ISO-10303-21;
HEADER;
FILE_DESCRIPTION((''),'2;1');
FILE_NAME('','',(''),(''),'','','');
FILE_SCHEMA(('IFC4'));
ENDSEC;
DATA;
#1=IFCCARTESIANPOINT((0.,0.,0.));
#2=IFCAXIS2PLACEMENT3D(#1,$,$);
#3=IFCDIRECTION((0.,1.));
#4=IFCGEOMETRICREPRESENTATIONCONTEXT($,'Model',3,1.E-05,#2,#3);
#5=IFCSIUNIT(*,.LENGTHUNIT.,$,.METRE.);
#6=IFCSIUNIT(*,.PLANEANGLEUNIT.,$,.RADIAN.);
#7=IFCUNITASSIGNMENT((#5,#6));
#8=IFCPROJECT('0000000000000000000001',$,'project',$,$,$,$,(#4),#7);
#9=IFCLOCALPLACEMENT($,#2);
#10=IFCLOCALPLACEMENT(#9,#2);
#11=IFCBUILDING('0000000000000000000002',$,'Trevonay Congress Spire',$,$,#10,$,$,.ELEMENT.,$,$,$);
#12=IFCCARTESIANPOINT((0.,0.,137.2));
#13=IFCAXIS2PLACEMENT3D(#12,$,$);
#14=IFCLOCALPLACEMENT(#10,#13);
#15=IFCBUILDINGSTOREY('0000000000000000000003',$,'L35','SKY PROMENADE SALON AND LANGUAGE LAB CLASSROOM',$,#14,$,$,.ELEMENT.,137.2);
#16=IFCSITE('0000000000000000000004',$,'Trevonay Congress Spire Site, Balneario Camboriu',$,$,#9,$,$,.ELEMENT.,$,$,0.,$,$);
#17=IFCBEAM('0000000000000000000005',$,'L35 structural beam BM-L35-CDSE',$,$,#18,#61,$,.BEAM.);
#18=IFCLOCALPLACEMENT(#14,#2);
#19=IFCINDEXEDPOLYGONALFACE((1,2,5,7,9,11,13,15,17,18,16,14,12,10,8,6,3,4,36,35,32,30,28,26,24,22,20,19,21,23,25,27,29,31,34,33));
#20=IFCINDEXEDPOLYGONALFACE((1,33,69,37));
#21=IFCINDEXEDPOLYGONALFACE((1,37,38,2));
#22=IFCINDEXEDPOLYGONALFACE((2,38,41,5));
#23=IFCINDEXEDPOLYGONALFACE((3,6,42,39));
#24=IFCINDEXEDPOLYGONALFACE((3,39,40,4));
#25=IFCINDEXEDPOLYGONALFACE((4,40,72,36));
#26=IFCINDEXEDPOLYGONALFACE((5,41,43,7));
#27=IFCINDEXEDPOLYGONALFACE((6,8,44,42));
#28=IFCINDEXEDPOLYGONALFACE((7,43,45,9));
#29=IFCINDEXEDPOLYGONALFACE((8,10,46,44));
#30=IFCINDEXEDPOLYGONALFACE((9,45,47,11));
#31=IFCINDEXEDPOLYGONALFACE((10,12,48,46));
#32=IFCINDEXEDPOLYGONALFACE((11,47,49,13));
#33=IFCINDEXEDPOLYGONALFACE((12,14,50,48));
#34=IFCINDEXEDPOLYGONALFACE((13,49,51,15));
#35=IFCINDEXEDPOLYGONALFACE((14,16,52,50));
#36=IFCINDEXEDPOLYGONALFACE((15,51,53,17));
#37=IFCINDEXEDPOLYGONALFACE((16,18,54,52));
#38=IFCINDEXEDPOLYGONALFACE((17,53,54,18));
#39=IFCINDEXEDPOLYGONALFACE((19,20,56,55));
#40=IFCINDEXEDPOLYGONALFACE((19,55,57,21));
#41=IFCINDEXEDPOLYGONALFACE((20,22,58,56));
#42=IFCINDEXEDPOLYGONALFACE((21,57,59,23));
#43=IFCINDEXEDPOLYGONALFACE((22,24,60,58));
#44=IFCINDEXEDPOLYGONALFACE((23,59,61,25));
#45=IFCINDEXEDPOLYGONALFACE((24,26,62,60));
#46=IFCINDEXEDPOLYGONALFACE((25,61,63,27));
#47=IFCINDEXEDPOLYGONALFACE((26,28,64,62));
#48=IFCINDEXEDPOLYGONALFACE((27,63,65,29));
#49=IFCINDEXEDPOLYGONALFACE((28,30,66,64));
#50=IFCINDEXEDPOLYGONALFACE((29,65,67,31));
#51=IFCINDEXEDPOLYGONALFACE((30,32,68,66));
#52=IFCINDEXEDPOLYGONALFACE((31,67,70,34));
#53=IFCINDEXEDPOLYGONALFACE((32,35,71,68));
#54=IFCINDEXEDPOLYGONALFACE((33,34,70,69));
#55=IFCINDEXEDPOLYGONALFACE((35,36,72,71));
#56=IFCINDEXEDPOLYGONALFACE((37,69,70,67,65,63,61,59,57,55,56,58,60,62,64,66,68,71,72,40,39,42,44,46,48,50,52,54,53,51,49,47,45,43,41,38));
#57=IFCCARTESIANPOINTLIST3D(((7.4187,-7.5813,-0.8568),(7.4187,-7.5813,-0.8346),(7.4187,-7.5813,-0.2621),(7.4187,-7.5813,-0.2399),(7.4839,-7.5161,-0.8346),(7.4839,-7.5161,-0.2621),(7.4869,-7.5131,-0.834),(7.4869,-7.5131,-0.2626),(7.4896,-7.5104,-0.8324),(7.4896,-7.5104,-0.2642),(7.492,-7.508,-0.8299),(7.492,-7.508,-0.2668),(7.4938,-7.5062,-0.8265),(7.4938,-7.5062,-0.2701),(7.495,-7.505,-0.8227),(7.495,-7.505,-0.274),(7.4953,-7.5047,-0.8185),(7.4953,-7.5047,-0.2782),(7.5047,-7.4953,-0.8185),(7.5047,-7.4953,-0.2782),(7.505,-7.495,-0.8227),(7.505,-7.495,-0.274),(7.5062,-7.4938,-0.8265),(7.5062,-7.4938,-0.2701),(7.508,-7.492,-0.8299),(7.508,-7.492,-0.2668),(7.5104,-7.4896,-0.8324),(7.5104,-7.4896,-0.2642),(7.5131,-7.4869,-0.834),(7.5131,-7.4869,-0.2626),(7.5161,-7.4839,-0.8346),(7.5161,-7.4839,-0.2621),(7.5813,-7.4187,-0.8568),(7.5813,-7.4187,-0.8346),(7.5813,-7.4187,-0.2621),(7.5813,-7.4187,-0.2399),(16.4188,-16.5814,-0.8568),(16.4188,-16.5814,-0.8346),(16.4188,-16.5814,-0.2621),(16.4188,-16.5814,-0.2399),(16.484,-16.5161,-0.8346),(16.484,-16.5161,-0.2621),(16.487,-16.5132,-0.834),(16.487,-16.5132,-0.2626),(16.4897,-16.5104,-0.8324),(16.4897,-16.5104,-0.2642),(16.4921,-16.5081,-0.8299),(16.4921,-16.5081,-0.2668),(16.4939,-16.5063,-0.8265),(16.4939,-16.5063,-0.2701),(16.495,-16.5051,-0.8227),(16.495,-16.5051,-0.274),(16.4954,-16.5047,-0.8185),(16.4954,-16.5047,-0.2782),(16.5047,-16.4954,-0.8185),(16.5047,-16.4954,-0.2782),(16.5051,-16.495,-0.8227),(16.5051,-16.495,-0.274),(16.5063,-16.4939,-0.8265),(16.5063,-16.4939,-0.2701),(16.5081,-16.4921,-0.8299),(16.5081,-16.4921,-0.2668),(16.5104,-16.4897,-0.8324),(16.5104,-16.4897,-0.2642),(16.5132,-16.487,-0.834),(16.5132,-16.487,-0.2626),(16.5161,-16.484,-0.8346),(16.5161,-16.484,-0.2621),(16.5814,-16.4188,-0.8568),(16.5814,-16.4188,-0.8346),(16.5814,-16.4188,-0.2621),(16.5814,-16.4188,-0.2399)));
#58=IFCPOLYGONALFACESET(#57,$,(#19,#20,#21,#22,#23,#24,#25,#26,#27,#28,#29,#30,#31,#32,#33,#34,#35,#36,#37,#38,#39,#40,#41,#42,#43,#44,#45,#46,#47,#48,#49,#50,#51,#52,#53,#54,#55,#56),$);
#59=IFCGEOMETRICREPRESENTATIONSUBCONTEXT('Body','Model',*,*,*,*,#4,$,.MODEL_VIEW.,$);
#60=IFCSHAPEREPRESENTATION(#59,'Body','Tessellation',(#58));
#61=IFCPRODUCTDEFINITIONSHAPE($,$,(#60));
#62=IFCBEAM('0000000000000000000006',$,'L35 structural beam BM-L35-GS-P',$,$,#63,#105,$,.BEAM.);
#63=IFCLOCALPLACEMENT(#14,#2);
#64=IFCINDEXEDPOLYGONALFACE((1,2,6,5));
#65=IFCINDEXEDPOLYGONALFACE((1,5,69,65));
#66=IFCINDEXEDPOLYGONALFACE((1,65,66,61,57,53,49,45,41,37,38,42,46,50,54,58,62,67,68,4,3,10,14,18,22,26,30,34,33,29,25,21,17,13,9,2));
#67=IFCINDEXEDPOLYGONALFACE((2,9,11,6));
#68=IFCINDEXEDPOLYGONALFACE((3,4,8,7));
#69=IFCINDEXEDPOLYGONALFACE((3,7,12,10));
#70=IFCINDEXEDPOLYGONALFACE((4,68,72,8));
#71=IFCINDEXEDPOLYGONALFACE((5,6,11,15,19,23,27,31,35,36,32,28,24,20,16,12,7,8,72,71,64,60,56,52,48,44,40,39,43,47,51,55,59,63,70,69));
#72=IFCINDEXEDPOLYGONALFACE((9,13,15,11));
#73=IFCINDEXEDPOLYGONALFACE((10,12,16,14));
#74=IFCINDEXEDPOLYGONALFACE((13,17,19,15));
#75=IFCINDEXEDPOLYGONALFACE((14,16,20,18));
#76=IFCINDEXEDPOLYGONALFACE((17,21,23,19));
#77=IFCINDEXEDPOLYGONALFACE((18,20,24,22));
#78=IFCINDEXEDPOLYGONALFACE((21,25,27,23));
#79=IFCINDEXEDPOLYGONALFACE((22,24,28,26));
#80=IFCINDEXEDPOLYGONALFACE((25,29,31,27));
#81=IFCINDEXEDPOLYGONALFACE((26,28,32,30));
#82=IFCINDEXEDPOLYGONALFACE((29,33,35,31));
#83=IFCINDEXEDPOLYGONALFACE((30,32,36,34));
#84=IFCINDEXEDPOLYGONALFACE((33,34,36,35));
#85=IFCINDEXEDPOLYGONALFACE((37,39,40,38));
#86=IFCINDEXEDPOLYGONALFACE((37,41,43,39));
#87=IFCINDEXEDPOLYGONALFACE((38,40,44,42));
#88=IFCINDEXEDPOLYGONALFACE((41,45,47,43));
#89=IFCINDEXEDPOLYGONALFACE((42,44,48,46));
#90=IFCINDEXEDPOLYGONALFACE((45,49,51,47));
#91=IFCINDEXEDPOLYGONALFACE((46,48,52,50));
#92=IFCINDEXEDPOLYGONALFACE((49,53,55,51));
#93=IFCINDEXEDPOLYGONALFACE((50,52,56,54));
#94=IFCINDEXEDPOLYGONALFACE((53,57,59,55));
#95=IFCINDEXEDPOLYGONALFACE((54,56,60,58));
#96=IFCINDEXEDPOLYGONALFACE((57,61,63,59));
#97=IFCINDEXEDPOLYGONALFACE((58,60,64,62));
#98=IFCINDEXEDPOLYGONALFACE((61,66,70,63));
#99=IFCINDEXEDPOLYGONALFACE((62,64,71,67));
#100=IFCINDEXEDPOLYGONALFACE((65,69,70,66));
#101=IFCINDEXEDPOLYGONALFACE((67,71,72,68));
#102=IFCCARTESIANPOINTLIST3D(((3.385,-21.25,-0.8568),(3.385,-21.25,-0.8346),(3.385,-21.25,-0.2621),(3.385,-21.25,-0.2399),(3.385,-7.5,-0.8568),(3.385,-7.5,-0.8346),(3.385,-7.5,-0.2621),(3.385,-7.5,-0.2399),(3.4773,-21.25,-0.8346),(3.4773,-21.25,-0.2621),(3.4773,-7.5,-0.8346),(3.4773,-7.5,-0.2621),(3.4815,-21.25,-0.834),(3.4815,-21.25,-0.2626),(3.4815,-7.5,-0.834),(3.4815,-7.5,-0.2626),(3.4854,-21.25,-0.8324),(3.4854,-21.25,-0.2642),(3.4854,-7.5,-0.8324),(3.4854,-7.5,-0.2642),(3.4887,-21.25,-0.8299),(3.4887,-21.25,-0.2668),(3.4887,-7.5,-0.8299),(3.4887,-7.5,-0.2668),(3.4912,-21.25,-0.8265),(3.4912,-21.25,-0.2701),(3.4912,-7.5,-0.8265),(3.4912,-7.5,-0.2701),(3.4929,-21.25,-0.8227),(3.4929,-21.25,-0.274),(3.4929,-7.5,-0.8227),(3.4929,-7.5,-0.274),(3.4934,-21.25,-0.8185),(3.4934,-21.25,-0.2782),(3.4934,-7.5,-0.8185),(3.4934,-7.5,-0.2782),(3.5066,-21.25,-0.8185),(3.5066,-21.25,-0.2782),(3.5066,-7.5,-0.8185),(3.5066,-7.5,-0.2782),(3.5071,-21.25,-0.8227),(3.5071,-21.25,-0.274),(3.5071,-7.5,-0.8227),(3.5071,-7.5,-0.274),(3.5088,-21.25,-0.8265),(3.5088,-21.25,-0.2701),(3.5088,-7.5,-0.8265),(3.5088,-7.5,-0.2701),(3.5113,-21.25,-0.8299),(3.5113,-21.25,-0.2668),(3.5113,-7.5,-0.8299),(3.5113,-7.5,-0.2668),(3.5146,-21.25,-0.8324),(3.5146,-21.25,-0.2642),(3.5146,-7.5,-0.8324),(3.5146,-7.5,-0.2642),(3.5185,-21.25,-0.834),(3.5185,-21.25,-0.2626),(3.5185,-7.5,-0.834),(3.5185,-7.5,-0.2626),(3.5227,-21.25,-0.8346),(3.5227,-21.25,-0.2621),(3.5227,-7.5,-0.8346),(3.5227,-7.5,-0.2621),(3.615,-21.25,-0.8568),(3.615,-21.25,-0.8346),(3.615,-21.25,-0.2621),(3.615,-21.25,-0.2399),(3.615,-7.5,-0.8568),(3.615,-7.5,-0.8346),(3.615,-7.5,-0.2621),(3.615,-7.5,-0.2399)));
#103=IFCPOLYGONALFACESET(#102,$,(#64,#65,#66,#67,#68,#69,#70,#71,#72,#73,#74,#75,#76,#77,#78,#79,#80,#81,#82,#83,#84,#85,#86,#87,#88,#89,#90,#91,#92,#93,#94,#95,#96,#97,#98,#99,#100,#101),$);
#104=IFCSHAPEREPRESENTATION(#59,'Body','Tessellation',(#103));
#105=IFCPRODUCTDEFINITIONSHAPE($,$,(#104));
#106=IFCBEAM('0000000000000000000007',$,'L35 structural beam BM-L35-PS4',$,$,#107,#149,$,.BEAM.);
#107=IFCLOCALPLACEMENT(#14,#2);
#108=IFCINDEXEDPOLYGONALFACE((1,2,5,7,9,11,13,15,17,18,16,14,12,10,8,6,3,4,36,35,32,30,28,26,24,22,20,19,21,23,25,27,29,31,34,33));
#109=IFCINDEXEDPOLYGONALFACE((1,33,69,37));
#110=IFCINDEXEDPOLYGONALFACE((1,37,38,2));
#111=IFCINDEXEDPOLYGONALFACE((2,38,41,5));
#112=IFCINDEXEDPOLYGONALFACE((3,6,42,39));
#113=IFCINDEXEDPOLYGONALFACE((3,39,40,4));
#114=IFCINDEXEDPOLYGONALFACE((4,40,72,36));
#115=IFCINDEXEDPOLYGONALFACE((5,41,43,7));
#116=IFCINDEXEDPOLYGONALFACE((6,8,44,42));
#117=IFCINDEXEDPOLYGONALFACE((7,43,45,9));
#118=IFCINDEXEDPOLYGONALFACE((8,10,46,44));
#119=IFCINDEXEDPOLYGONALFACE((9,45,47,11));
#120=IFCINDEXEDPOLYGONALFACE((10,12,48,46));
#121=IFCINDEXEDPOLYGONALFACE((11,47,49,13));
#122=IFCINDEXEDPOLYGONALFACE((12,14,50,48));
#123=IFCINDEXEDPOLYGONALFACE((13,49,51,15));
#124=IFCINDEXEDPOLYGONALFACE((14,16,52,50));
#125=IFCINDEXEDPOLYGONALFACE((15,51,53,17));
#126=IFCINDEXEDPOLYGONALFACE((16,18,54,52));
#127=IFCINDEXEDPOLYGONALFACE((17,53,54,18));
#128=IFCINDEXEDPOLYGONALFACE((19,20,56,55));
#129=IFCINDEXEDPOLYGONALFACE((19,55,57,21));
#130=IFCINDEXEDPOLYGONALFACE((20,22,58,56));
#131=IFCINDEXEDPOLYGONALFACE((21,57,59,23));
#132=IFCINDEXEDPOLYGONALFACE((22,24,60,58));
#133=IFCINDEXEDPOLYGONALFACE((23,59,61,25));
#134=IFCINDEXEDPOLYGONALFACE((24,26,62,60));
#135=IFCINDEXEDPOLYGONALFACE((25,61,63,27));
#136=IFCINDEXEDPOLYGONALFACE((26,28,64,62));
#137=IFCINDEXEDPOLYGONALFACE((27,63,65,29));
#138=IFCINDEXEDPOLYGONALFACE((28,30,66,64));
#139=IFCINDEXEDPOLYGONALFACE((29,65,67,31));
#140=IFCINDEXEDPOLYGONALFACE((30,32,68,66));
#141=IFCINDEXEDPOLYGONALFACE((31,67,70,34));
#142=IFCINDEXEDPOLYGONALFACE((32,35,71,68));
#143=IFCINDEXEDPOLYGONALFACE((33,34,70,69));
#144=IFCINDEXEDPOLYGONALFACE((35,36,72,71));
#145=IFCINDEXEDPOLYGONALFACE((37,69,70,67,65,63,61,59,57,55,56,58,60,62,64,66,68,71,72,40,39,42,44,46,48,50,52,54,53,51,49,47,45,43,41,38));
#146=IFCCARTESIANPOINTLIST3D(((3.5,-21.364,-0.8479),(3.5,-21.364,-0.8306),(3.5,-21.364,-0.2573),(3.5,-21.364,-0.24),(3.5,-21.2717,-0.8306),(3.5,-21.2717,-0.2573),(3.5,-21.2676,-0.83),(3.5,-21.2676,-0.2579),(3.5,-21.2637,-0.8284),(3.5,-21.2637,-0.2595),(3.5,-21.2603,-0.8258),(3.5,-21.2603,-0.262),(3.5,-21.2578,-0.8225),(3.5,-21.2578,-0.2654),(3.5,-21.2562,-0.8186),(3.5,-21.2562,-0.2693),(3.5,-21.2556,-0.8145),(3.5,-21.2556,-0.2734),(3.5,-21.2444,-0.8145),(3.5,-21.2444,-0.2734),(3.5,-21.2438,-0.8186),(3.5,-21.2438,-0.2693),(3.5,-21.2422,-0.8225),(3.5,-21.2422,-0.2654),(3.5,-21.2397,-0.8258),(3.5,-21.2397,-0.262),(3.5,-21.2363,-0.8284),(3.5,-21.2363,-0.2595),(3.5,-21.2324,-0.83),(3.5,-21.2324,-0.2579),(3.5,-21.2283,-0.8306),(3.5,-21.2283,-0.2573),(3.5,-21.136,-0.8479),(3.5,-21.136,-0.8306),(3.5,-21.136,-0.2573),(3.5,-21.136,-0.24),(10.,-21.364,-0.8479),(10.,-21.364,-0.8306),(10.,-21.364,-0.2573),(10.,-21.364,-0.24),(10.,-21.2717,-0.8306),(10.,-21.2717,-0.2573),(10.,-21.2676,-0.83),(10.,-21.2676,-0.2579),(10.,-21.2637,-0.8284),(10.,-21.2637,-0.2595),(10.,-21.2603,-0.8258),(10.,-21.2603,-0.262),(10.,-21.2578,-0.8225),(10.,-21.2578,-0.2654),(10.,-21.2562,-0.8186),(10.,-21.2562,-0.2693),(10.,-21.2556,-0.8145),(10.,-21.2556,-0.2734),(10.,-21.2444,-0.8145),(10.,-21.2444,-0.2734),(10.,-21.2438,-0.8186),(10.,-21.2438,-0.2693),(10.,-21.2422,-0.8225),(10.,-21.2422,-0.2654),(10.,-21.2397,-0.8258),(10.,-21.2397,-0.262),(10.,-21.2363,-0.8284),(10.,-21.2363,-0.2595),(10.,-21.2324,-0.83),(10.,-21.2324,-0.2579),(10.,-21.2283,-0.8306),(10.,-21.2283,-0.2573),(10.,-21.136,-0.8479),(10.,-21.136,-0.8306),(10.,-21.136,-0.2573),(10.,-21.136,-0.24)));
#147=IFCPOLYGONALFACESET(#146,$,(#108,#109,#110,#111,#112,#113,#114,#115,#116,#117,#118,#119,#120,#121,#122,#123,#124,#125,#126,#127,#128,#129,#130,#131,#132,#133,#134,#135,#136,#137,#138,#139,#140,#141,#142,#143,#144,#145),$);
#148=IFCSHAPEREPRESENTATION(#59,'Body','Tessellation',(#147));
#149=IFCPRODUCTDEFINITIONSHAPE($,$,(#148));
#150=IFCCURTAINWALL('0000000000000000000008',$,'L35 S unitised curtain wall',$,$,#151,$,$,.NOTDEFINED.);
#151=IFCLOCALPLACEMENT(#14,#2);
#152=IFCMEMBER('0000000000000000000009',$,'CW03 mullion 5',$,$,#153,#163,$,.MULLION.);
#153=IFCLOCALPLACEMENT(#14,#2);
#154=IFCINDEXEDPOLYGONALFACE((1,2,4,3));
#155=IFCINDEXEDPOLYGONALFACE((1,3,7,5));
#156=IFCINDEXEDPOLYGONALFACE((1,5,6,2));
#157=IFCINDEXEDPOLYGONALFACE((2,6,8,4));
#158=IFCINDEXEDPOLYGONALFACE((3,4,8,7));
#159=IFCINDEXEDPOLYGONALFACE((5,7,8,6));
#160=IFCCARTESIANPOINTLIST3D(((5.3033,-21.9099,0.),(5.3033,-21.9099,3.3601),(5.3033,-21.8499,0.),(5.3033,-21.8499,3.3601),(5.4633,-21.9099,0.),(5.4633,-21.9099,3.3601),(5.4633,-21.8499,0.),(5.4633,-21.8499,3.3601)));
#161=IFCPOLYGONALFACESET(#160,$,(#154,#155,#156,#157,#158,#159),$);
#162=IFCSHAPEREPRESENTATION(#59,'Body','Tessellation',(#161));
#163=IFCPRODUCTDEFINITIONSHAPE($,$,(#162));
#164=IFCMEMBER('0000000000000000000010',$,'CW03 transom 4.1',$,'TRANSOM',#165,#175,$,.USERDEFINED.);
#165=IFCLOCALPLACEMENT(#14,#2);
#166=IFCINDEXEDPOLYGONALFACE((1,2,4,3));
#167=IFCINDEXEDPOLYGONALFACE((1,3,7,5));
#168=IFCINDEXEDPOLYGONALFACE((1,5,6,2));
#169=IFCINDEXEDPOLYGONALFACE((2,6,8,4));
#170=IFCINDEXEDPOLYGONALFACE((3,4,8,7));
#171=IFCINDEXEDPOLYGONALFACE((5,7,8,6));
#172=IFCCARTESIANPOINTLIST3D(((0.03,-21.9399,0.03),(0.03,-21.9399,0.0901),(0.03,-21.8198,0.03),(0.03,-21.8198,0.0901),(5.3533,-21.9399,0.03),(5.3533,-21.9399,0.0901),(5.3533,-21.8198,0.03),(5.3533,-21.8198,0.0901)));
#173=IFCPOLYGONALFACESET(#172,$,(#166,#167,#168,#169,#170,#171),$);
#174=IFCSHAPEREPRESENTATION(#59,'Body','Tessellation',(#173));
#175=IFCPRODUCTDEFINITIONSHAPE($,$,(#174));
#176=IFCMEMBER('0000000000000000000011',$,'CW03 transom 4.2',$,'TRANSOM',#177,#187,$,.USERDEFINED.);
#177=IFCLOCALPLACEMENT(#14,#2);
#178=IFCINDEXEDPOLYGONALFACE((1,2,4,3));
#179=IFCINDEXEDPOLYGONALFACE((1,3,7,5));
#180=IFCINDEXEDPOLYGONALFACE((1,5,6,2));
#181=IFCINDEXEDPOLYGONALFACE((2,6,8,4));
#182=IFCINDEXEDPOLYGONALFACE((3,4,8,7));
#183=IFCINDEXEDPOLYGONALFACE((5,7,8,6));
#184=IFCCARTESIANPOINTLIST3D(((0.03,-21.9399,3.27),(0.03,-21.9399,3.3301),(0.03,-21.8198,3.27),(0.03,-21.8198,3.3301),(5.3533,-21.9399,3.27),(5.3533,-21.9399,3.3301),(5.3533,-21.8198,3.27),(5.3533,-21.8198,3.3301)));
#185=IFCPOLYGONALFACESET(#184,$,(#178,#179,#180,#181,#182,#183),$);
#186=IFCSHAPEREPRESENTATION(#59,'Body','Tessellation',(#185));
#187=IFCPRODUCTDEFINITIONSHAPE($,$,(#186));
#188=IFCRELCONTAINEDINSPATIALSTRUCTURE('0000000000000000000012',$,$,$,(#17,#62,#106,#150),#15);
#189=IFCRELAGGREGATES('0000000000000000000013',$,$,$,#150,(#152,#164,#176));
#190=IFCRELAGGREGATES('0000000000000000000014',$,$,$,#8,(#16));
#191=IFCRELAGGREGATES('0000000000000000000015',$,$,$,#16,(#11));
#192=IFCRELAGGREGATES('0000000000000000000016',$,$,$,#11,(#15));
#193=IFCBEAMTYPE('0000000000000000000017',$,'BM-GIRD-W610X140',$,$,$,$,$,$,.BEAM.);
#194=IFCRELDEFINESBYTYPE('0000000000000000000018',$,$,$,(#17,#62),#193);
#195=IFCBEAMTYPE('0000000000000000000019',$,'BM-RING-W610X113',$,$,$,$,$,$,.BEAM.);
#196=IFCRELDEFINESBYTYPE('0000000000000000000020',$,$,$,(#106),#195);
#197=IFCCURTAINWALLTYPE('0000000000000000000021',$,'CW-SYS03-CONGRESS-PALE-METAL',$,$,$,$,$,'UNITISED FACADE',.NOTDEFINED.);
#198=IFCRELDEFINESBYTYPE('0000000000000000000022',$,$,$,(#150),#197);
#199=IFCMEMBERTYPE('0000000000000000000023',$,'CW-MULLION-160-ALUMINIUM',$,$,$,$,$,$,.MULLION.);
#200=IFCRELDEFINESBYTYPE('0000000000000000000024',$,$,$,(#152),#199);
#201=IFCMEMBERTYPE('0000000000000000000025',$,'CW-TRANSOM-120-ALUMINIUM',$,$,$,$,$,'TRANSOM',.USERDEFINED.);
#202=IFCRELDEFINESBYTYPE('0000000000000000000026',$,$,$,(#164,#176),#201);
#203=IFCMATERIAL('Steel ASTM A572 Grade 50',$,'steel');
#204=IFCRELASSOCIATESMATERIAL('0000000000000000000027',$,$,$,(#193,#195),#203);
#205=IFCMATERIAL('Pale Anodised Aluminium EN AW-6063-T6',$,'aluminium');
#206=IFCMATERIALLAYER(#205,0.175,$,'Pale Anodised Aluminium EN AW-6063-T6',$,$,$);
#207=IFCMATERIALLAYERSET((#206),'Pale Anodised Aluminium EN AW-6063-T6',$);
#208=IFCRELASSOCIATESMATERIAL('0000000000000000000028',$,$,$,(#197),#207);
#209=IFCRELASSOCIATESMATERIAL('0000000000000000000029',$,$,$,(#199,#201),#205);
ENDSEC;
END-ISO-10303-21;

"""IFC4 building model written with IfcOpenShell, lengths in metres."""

from ifc_helpers import new_model, si_unit, direction, frame, origin, origin_2d, place, context, subcontext, project, spatial, rectangle, i_section, extrude, material, layer, layer_set, material_profile, profile_set, type_object, element, aggregate, save


model = new_model("IFC4")

# Units and contexts
model_context = context("Model", 3, precision=1e-05, world=origin(), true_north=direction((0.0, 1.0)))
body_context = subcontext(model_context, "Body", "Model", "MODEL_VIEW")
ifc_project = project(units=[si_unit("LENGTHUNIT", "METRE"), si_unit("PLANEANGLEUNIT", "RADIAN")], contexts=[model_context])

# Site, building, storey
site_placement = place(None, origin())
site = spatial("IfcSite", under=ifc_project, at=site_placement, Name="Trevonay Congress Spire Site, Balneario Camboriu", CompositionType="ELEMENT", RefElevation=0.0)
building_placement = place(site_placement, origin())
building = spatial("IfcBuilding", under=site, at=building_placement, Name="Trevonay Congress Spire", CompositionType="ELEMENT")
storey_placement = place(building_placement, frame((0.0, 0.0, 137.2)))
storey = spatial("IfcBuildingStorey", under=building, at=storey_placement, Name="L35", Description="SKY PROMENADE SALON AND LANGUAGE LAB CLASSROOM", CompositionType="ELEMENT", Elevation=137.2)

# Shared definitions
ifc_material_1 = material(Name="Steel ASTM A572 Grade 50", Category="steel")

# Beams
ifc_material_profile_1 = material_profile(ifc_material_1, i_section(OverallWidth=0.23, OverallDepth=0.6169, WebThickness=0.0132, FlangeThickness=0.0222, FilletRadius=0.0161, at=origin_2d()), Name="W610x140")
ifc_profile_set_1 = profile_set([ifc_material_profile_1], Name="Steel ASTM A572 Grade 50")
beam_type_1 = type_object("IfcBeamType", Name="BM-GIRD-W610X140", PredefinedType="BEAM", material=ifc_profile_set_1)
beam_1_placement = place(storey_placement, frame((7.5, -7.5, -0.5483), z_axis=(0.707107, -0.707107, 0.0), x_axis=(0.707107, 0.707107, 0.0)))
element("IfcBeam", 1, at=beam_1_placement, inside=storey, type_object=beam_type_1, Name="L35 structural beam BM-L35-CDSE", PredefinedType="BEAM", context=body_context, shape_type="SweptSolid", body=[
    extrude(i_section(OverallWidth=0.23, OverallDepth=0.6169, WebThickness=0.0132, FlangeThickness=0.0222, FilletRadius=0.0161, at=origin_2d()), origin(), (0.0, 0.0, 1.0), 12.728),
])
beam_2_placement = place(storey_placement, frame((3.5, -7.5, -0.5483), z_axis=(0.0, -1.0, 0.0), x_axis=(1.0, 0.0, 0.0)))
element("IfcBeam", 2, at=beam_2_placement, inside=storey, type_object=beam_type_1, Name="L35 structural beam BM-L35-GS-P", PredefinedType="BEAM", context=body_context, shape_type="SweptSolid", body=[
    extrude(i_section(OverallWidth=0.23, OverallDepth=0.6169, WebThickness=0.0132, FlangeThickness=0.0222, FilletRadius=0.0161, at=origin_2d()), origin(), (0.0, 0.0, 1.0), 13.75),
])
ifc_material_profile_2 = material_profile(ifc_material_1, i_section(OverallWidth=0.228, OverallDepth=0.6079, WebThickness=0.0112, FlangeThickness=0.0173, FilletRadius=0.0161, at=origin_2d()), Name="W610x113")
ifc_profile_set_2 = profile_set([ifc_material_profile_2], Name="Steel ASTM A572 Grade 50")
beam_type_2 = type_object("IfcBeamType", Name="BM-RING-W610X113", PredefinedType="BEAM", material=ifc_profile_set_2)
beam_3_placement = place(storey_placement, frame((3.5, -21.25, -0.5439), z_axis=(1.0, 0.0, 0.0), x_axis=(0.0, 1.0, 0.0)))
element("IfcBeam", 3, at=beam_3_placement, inside=storey, type_object=beam_type_2, Name="L35 structural beam BM-L35-PS4", PredefinedType="BEAM", context=body_context, shape_type="SweptSolid", body=[
    extrude(i_section(OverallWidth=0.228, OverallDepth=0.6079, WebThickness=0.0112, FlangeThickness=0.0173, FilletRadius=0.0161, at=origin_2d()), origin(), (0.0, 0.0, 1.0), 6.5),
])

# Curtain wall, members
ifc_material_2 = material(Name="Pale Anodised Aluminium EN AW-6063-T6", Category="aluminium")
ifc_layer_1 = layer(ifc_material_2, 0.175, Name="Pale Anodised Aluminium EN AW-6063-T6")
ifc_layer_set_1 = layer_set([ifc_layer_1], Name="Pale Anodised Aluminium EN AW-6063-T6")
curtain_wall_type = type_object("IfcCurtainWallType", Name="CW-SYS03-CONGRESS-PALE-METAL", ElementType="UNITISED FACADE", PredefinedType="NOTDEFINED", material=ifc_layer_set_1)
curtain_wall_placement = place(storey_placement, origin())
curtain_wall = element("IfcCurtainWall", 4, at=curtain_wall_placement, inside=storey, type_object=curtain_wall_type, Name="L35 S unitised curtain wall", PredefinedType="NOTDEFINED")
ifc_material_profile_3 = material_profile(ifc_material_2, rectangle(XDim=0.0601, YDim=0.1599, at=origin_2d()), Name="CW-MULLION-160-ALUMINIUM")
ifc_profile_set_3 = profile_set([ifc_material_profile_3], Name="Pale Anodised Aluminium EN AW-6063-T6")
member_type_1 = type_object("IfcMemberType", Name="CW-MULLION-160-ALUMINIUM", PredefinedType="MULLION", material=ifc_profile_set_3)
member_1_placement = place(storey_placement, frame((5.3833, -21.8799, 0.0), z_axis=(0.0, 0.0, 1.0), x_axis=(0.0, 1.0, 0.0)))
member_1 = element("IfcMember", 5, at=member_1_placement, type_object=member_type_1, Name="CW03 mullion 5", PredefinedType="MULLION", context=body_context, shape_type="SweptSolid", body=[
    extrude(rectangle(XDim=0.0601, YDim=0.1599, at=origin_2d()), origin(), (0.0, 0.0, 1.0), 3.3601),
])
ifc_material_profile_4 = material_profile(ifc_material_2, rectangle(XDim=0.1201, YDim=0.0601, at=origin_2d()), Name="CW-TRANSOM-120-ALUMINIUM")
ifc_profile_set_4 = profile_set([ifc_material_profile_4], Name="Pale Anodised Aluminium EN AW-6063-T6")
member_type_2 = type_object("IfcMemberType", Name="CW-TRANSOM-120-ALUMINIUM", ElementType="TRANSOM", PredefinedType="USERDEFINED", material=ifc_profile_set_4)
member_2_placement = place(storey_placement, frame((0.03, -21.8799, 0.0601), z_axis=(1.0, 0.0, 0.0), x_axis=(0.0, 1.0, 0.0)))
member_2 = element("IfcMember", 6, at=member_2_placement, type_object=member_type_2, Name="CW03 transom 4.1", ObjectType="TRANSOM", PredefinedType="USERDEFINED", context=body_context, shape_type="SweptSolid", body=[
    extrude(rectangle(XDim=0.1201, YDim=0.0601, at=origin_2d()), origin(), (0.0, 0.0, 1.0), 5.3232),
])
member_3_placement = place(storey_placement, frame((0.03, -21.8799, 3.3), z_axis=(1.0, 0.0, 0.0), x_axis=(0.0, 1.0, 0.0)))
member_3 = element("IfcMember", 7, at=member_3_placement, type_object=member_type_2, Name="CW03 transom 4.2", ObjectType="TRANSOM", PredefinedType="USERDEFINED", context=body_context, shape_type="SweptSolid", body=[
    extrude(rectangle(XDim=0.1201, YDim=0.0601, at=origin_2d()), origin(), (0.0, 0.0, 1.0), 5.3232),
])

aggregate(curtain_wall, [member_1, member_2, member_3])

save(model, "model.ifc")
